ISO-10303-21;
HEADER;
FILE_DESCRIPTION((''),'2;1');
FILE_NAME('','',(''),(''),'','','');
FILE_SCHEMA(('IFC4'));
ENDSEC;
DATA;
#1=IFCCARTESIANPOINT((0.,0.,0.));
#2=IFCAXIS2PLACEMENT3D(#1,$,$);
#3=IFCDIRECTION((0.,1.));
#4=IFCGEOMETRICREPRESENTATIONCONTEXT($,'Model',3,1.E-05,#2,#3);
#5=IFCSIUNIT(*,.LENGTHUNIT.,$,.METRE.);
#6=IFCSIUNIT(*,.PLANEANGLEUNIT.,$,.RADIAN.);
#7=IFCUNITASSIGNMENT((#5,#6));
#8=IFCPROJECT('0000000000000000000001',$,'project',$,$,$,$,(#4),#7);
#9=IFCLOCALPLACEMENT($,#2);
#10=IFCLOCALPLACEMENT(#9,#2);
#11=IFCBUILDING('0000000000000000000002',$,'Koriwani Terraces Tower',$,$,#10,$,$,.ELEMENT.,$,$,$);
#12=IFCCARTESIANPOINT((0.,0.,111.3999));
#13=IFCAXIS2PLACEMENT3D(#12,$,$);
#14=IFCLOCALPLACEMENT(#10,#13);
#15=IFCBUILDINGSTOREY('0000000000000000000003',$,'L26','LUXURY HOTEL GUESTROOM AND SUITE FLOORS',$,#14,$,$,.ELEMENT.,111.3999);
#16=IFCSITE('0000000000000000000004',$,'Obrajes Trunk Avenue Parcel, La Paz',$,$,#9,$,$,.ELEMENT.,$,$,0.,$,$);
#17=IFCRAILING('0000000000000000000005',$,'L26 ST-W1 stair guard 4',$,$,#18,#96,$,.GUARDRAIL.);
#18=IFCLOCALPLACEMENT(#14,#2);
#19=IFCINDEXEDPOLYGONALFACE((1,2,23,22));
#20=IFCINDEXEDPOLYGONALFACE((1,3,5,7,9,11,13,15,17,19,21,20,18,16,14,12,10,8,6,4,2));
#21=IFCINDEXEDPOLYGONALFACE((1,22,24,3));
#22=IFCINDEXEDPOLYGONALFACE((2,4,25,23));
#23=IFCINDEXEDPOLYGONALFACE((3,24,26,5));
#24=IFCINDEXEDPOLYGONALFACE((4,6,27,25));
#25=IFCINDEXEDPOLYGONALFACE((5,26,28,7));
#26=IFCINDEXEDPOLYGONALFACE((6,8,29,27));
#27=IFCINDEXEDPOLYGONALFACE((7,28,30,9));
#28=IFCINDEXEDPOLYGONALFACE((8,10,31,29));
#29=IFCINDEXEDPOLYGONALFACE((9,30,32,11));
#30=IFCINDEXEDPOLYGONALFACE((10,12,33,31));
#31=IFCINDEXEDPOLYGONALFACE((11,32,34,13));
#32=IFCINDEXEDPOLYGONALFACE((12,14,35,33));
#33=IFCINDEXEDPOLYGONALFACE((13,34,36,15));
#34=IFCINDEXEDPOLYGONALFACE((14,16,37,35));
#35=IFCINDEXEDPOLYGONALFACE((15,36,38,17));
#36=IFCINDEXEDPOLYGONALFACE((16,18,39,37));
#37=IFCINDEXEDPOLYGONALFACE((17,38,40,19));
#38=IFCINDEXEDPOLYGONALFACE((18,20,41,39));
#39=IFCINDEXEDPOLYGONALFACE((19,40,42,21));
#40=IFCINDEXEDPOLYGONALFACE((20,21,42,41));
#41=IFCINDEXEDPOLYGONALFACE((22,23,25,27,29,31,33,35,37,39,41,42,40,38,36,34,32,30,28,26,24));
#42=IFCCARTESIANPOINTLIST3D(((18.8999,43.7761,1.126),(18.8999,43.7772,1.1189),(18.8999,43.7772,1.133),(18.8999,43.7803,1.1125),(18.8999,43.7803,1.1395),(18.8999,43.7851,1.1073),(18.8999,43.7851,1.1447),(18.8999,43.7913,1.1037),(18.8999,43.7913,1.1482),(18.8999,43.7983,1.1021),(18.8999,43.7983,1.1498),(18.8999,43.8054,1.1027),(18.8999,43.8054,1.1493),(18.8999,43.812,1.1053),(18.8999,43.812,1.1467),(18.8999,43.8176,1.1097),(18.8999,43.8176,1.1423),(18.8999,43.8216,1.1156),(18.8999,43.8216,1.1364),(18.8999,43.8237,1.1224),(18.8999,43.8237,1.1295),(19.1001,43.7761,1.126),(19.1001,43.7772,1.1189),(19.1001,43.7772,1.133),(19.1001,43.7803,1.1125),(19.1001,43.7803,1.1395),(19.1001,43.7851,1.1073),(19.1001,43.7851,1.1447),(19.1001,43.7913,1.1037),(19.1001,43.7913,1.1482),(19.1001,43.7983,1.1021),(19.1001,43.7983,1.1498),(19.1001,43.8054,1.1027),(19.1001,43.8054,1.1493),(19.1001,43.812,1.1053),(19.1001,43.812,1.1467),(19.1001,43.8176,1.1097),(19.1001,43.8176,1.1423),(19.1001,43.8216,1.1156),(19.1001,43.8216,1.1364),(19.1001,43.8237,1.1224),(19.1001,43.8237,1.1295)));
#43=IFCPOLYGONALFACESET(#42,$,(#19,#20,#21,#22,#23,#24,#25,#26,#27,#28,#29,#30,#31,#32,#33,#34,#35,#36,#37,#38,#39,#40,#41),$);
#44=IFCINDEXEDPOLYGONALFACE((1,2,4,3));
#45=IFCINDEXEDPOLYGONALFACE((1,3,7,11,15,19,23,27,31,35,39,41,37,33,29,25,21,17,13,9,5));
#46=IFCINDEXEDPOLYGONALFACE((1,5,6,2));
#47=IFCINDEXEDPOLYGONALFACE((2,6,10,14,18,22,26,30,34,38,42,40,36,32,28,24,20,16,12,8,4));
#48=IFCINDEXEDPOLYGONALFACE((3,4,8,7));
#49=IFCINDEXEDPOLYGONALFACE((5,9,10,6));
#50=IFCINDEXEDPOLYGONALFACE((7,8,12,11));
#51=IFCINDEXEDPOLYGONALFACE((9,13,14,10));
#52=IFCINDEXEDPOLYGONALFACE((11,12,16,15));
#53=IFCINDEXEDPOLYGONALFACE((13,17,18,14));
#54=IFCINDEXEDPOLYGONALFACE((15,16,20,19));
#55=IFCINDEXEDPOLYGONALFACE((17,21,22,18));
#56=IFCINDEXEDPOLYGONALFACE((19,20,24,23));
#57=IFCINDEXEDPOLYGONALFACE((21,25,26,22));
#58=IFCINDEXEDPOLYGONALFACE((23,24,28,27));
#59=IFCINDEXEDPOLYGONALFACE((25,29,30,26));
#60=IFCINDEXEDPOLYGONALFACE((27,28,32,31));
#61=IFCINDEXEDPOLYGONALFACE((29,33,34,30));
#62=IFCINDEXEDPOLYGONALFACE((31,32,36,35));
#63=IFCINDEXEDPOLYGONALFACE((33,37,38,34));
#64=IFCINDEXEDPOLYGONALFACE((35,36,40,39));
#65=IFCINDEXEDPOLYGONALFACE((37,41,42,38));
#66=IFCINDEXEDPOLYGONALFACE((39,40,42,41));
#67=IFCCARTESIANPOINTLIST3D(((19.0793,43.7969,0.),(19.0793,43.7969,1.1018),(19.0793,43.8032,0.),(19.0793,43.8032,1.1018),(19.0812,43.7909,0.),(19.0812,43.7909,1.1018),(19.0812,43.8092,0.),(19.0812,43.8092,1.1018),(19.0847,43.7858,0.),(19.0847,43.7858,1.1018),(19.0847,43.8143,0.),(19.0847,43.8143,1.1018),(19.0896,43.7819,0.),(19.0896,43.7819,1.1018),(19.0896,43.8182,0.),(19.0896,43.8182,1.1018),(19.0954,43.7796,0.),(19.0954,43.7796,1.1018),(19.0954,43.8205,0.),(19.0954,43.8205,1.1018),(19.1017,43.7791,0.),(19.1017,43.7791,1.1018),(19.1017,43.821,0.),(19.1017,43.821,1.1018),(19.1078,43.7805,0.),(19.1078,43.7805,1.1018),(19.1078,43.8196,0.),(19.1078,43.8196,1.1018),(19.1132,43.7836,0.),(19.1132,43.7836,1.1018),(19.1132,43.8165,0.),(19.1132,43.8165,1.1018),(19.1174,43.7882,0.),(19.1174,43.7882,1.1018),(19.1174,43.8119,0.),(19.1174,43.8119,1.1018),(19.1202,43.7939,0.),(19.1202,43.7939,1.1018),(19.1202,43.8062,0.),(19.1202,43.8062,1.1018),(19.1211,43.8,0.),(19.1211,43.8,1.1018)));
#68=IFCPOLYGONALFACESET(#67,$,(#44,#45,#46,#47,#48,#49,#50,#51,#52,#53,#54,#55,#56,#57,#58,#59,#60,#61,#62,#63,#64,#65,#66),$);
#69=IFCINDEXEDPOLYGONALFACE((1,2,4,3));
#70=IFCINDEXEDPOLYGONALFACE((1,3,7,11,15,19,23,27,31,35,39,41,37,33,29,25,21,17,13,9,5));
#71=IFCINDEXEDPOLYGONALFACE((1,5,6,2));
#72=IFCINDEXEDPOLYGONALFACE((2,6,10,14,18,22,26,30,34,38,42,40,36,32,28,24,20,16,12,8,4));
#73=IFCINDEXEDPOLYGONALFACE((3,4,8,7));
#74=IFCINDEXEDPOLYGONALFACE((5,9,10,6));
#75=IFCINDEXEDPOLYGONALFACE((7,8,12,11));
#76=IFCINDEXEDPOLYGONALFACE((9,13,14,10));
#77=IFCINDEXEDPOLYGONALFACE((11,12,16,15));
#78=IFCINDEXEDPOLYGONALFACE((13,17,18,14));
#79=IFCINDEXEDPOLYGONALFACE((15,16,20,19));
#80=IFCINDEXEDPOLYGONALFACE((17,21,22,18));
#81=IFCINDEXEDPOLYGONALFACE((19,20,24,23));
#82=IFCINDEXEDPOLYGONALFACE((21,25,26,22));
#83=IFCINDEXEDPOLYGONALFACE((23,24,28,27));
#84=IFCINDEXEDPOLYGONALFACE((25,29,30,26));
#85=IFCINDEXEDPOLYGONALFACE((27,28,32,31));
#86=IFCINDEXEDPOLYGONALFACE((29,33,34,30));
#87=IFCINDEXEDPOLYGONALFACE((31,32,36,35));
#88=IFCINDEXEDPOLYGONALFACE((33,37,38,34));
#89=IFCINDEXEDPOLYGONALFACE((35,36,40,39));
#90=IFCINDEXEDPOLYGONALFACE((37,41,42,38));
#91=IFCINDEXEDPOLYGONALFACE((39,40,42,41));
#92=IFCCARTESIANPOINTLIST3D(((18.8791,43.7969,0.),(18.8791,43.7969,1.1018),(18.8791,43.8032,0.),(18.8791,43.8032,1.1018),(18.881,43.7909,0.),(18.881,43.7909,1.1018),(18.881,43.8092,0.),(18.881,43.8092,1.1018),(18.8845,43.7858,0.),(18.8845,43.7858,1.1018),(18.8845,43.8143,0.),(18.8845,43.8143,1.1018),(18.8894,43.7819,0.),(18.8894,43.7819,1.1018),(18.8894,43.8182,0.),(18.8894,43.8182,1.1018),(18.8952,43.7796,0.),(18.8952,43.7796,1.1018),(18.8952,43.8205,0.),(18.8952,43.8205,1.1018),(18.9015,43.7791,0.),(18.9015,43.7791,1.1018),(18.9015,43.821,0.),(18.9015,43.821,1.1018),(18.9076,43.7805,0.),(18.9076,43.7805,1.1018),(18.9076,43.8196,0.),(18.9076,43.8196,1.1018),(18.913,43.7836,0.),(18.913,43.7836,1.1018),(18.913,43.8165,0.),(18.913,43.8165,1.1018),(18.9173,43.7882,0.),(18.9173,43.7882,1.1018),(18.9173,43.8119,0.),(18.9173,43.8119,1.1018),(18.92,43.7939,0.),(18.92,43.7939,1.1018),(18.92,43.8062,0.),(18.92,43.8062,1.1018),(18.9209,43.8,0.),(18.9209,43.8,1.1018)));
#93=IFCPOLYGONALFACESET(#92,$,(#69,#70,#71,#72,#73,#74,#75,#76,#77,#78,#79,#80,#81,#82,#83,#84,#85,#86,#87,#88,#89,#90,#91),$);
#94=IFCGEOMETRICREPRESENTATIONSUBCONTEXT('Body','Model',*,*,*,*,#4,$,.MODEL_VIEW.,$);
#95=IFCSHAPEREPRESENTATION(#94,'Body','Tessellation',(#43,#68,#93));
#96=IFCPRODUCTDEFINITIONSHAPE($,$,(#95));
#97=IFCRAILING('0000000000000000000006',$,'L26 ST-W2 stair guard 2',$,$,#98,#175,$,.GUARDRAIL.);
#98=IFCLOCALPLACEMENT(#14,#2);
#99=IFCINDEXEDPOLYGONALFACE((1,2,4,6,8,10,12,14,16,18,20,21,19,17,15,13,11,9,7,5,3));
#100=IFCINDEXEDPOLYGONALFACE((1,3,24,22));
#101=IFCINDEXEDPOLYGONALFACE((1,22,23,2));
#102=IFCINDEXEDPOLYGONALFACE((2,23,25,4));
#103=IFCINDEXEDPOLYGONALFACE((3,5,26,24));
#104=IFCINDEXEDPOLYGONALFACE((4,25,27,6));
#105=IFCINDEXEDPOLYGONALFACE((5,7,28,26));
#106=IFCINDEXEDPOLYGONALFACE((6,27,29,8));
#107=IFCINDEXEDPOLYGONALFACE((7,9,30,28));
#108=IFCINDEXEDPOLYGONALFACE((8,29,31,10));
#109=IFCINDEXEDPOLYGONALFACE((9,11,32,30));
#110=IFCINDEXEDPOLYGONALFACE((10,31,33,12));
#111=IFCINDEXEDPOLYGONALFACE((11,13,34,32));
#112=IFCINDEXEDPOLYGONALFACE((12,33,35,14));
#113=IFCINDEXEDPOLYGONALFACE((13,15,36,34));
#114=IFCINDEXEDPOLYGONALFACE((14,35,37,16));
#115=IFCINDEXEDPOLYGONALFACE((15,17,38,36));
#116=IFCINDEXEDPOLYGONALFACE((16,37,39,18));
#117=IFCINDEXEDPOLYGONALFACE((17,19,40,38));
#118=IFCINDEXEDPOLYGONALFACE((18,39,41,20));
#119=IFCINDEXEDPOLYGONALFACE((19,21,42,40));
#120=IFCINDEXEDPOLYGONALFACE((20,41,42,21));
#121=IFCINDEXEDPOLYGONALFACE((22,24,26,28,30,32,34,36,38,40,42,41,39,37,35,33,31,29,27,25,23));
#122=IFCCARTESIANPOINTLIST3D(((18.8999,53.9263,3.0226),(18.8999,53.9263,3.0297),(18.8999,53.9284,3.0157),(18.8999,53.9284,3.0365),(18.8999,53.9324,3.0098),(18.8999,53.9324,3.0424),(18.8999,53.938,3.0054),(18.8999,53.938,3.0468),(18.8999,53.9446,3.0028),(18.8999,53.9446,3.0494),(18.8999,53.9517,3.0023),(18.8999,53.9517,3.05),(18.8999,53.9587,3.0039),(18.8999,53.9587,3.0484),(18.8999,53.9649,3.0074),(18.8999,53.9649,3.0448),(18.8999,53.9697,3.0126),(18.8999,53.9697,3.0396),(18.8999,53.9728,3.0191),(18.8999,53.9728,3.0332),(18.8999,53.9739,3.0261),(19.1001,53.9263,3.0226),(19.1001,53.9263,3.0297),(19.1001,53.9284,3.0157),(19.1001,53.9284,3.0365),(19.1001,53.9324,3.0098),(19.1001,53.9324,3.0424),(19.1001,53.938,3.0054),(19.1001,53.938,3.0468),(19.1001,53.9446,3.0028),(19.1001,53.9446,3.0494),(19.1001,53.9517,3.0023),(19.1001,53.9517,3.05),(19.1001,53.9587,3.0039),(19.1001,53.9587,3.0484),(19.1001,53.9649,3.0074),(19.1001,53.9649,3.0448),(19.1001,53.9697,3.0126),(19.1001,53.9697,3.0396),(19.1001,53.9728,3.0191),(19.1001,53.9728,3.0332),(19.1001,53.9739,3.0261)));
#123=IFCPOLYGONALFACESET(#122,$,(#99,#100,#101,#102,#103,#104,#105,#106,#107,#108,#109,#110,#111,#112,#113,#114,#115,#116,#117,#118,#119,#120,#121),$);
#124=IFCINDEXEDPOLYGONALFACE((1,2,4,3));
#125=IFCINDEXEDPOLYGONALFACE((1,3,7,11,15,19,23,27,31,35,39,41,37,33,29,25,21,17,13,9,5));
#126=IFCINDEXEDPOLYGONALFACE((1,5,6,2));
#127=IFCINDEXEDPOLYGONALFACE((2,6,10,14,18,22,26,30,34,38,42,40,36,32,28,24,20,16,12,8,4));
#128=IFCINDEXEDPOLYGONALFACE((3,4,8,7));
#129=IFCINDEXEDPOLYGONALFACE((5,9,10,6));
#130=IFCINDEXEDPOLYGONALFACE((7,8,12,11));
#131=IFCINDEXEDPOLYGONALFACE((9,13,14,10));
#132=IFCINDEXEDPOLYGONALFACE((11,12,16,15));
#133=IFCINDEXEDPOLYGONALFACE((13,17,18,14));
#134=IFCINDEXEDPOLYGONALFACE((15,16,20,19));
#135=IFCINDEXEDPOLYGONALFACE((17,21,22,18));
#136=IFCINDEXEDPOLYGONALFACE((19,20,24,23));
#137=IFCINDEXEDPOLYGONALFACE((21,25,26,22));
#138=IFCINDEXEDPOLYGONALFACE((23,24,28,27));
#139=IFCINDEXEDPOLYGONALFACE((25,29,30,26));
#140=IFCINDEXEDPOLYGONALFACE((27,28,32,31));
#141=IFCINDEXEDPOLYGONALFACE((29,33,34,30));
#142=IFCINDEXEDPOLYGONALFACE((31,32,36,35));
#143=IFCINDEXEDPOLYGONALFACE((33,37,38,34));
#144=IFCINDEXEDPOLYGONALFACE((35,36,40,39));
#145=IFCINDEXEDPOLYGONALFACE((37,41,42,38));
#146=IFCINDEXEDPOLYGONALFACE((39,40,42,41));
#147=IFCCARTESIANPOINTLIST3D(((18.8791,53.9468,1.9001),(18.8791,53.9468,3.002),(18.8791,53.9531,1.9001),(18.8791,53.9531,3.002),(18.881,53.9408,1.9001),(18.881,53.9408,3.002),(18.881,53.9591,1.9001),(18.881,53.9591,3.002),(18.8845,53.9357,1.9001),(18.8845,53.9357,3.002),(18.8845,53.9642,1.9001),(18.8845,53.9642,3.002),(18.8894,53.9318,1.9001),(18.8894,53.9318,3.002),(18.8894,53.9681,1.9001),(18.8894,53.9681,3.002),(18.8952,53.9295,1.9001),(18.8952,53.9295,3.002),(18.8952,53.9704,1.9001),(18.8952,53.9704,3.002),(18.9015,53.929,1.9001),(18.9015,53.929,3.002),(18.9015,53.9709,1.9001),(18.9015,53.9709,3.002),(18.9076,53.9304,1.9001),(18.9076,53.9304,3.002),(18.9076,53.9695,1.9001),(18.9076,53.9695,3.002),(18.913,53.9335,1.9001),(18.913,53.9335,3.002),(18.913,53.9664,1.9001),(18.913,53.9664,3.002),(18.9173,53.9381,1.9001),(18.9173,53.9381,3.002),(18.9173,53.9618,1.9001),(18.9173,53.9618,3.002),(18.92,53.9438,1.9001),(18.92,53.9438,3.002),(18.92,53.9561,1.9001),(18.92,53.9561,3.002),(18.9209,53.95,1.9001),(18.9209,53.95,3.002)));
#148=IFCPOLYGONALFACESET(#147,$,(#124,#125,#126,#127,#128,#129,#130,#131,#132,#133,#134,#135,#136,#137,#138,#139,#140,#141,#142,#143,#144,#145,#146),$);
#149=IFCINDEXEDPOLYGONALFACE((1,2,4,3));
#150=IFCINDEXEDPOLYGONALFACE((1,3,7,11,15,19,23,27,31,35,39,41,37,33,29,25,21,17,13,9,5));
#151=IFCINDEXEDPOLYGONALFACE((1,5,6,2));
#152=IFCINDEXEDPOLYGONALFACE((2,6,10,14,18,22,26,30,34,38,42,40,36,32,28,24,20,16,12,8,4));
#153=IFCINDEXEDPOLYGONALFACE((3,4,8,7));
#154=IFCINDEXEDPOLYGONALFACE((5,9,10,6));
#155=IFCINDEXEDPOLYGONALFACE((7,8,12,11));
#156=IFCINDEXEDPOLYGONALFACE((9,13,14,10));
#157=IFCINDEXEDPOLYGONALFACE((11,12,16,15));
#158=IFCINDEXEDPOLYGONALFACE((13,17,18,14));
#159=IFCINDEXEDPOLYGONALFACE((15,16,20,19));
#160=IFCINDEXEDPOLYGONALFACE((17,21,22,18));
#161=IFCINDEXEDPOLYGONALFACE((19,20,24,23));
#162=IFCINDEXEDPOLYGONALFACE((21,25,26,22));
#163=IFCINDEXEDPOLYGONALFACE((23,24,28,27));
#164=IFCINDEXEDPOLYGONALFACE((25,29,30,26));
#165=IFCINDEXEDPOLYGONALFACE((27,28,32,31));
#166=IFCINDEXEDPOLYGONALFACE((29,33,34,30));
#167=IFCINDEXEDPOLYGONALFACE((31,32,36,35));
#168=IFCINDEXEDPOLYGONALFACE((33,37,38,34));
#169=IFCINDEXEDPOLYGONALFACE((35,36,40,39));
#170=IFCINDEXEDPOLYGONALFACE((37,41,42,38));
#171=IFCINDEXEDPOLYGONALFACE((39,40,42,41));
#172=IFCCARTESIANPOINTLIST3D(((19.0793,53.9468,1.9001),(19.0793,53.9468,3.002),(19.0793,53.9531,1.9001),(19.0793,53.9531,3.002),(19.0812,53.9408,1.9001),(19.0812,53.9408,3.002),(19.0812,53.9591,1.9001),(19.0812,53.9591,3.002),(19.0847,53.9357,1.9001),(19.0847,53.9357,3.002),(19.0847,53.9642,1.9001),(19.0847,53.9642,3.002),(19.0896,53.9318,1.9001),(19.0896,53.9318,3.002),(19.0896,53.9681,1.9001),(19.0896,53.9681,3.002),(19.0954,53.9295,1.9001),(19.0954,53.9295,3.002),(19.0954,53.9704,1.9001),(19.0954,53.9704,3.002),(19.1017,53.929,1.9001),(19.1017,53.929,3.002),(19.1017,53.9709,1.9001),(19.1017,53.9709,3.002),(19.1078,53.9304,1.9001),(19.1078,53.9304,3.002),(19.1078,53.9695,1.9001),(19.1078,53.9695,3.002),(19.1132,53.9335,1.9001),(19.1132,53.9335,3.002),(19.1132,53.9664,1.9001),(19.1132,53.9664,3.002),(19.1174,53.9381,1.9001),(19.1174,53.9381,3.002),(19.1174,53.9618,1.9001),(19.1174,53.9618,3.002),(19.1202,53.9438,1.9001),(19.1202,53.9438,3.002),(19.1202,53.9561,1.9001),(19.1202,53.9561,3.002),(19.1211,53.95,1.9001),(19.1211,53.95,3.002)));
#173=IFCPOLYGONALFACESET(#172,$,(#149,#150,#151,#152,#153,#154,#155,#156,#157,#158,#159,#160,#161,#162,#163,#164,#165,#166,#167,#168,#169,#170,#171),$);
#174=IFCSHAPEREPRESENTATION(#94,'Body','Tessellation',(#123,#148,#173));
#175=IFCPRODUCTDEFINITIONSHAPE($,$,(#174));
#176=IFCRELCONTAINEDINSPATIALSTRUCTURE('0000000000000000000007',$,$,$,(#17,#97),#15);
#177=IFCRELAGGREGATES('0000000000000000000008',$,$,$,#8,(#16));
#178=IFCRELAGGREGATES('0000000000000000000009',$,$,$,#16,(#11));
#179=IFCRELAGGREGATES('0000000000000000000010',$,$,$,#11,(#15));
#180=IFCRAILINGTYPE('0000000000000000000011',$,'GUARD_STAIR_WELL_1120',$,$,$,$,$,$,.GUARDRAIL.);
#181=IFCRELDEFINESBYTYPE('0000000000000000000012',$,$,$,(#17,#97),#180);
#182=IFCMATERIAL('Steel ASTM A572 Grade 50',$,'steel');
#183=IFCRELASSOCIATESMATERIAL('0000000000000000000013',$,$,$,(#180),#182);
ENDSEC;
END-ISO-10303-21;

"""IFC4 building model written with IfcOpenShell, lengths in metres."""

from ifc_helpers import new_model, si_unit, direction, frame, origin, origin_2d, place, context, subcontext, project, spatial, circle, extrude, material, type_object, element, save


model = new_model("IFC4")

# Units and contexts
model_context = context("Model", 3, precision=1e-05, world=origin(), true_north=direction((0.0, 1.0)))
body_context = subcontext(model_context, "Body", "Model", "MODEL_VIEW")
ifc_project = project(units=[si_unit("LENGTHUNIT", "METRE"), si_unit("PLANEANGLEUNIT", "RADIAN")], contexts=[model_context])

# Site, building, storey
site_placement = place(None, origin())
site = spatial("IfcSite", under=ifc_project, at=site_placement, Name="Obrajes Trunk Avenue Parcel, La Paz", CompositionType="ELEMENT", RefElevation=0.0)
building_placement = place(site_placement, origin())
building = spatial("IfcBuilding", under=site, at=building_placement, Name="Koriwani Terraces Tower", CompositionType="ELEMENT")
storey_placement = place(building_placement, frame((0.0, 0.0, 111.3999)))
storey = spatial("IfcBuildingStorey", under=building, at=storey_placement, Name="L26", Description="LUXURY HOTEL GUESTROOM AND SUITE FLOORS", CompositionType="ELEMENT", Elevation=111.3999)

# Shared definitions
ifc_material_1 = material(Name="Steel ASTM A572 Grade 50", Category="steel")

# Railings
railing_type_1 = type_object("IfcRailingType", Name="GUARD_STAIR_WELL_1120", PredefinedType="GUARDRAIL", material=ifc_material_1)
railing_1_placement = place(storey_placement, frame((19.1001, 43.8, 0.0)))
element("IfcRailing", 1, at=railing_1_placement, inside=storey, type_object=railing_type_1, Name="L26 ST-W1 stair guard 4", PredefinedType="GUARDRAIL", context=body_context, shape_type="SweptSolid", body=[
    extrude(circle(Radius=0.0239, at=origin_2d()), frame((0.0, 0.0, 1.126), z_axis=(-1.0, 0.0, 0.0), x_axis=(0.0, -1.0, 0.0)), (0.0, 0.0, 1.0), 0.2002),
    extrude(circle(Radius=0.021, at=origin_2d()), origin(), (0.0, 0.0, 1.0), 1.1018),
    extrude(circle(Radius=0.021, at=origin_2d()), frame((-0.2002, 0.0, 0.0)), (0.0, 0.0, 1.0), 1.1018),
])
railing_2_placement = place(storey_placement, frame((18.8999, 53.95, 1.9001)))
element("IfcRailing", 2, at=railing_2_placement, inside=storey, type_object=railing_type_1, Name="L26 ST-W2 stair guard 2", PredefinedType="GUARDRAIL", context=body_context, shape_type="SweptSolid", body=[
    extrude(circle(Radius=0.0239, at=origin_2d()), frame((0.0, 0.0, 1.126), z_axis=(1.0, 0.0, 0.0), x_axis=(0.0, 1.0, 0.0)), (0.0, 0.0, 1.0), 0.2002),
    extrude(circle(Radius=0.021, at=origin_2d()), origin(), (0.0, 0.0, 1.0), 1.1018),
    extrude(circle(Radius=0.021, at=origin_2d()), frame((0.2002, 0.0, 0.0)), (0.0, 0.0, 1.0), 1.1018),
])

save(model, "model.ifc")
